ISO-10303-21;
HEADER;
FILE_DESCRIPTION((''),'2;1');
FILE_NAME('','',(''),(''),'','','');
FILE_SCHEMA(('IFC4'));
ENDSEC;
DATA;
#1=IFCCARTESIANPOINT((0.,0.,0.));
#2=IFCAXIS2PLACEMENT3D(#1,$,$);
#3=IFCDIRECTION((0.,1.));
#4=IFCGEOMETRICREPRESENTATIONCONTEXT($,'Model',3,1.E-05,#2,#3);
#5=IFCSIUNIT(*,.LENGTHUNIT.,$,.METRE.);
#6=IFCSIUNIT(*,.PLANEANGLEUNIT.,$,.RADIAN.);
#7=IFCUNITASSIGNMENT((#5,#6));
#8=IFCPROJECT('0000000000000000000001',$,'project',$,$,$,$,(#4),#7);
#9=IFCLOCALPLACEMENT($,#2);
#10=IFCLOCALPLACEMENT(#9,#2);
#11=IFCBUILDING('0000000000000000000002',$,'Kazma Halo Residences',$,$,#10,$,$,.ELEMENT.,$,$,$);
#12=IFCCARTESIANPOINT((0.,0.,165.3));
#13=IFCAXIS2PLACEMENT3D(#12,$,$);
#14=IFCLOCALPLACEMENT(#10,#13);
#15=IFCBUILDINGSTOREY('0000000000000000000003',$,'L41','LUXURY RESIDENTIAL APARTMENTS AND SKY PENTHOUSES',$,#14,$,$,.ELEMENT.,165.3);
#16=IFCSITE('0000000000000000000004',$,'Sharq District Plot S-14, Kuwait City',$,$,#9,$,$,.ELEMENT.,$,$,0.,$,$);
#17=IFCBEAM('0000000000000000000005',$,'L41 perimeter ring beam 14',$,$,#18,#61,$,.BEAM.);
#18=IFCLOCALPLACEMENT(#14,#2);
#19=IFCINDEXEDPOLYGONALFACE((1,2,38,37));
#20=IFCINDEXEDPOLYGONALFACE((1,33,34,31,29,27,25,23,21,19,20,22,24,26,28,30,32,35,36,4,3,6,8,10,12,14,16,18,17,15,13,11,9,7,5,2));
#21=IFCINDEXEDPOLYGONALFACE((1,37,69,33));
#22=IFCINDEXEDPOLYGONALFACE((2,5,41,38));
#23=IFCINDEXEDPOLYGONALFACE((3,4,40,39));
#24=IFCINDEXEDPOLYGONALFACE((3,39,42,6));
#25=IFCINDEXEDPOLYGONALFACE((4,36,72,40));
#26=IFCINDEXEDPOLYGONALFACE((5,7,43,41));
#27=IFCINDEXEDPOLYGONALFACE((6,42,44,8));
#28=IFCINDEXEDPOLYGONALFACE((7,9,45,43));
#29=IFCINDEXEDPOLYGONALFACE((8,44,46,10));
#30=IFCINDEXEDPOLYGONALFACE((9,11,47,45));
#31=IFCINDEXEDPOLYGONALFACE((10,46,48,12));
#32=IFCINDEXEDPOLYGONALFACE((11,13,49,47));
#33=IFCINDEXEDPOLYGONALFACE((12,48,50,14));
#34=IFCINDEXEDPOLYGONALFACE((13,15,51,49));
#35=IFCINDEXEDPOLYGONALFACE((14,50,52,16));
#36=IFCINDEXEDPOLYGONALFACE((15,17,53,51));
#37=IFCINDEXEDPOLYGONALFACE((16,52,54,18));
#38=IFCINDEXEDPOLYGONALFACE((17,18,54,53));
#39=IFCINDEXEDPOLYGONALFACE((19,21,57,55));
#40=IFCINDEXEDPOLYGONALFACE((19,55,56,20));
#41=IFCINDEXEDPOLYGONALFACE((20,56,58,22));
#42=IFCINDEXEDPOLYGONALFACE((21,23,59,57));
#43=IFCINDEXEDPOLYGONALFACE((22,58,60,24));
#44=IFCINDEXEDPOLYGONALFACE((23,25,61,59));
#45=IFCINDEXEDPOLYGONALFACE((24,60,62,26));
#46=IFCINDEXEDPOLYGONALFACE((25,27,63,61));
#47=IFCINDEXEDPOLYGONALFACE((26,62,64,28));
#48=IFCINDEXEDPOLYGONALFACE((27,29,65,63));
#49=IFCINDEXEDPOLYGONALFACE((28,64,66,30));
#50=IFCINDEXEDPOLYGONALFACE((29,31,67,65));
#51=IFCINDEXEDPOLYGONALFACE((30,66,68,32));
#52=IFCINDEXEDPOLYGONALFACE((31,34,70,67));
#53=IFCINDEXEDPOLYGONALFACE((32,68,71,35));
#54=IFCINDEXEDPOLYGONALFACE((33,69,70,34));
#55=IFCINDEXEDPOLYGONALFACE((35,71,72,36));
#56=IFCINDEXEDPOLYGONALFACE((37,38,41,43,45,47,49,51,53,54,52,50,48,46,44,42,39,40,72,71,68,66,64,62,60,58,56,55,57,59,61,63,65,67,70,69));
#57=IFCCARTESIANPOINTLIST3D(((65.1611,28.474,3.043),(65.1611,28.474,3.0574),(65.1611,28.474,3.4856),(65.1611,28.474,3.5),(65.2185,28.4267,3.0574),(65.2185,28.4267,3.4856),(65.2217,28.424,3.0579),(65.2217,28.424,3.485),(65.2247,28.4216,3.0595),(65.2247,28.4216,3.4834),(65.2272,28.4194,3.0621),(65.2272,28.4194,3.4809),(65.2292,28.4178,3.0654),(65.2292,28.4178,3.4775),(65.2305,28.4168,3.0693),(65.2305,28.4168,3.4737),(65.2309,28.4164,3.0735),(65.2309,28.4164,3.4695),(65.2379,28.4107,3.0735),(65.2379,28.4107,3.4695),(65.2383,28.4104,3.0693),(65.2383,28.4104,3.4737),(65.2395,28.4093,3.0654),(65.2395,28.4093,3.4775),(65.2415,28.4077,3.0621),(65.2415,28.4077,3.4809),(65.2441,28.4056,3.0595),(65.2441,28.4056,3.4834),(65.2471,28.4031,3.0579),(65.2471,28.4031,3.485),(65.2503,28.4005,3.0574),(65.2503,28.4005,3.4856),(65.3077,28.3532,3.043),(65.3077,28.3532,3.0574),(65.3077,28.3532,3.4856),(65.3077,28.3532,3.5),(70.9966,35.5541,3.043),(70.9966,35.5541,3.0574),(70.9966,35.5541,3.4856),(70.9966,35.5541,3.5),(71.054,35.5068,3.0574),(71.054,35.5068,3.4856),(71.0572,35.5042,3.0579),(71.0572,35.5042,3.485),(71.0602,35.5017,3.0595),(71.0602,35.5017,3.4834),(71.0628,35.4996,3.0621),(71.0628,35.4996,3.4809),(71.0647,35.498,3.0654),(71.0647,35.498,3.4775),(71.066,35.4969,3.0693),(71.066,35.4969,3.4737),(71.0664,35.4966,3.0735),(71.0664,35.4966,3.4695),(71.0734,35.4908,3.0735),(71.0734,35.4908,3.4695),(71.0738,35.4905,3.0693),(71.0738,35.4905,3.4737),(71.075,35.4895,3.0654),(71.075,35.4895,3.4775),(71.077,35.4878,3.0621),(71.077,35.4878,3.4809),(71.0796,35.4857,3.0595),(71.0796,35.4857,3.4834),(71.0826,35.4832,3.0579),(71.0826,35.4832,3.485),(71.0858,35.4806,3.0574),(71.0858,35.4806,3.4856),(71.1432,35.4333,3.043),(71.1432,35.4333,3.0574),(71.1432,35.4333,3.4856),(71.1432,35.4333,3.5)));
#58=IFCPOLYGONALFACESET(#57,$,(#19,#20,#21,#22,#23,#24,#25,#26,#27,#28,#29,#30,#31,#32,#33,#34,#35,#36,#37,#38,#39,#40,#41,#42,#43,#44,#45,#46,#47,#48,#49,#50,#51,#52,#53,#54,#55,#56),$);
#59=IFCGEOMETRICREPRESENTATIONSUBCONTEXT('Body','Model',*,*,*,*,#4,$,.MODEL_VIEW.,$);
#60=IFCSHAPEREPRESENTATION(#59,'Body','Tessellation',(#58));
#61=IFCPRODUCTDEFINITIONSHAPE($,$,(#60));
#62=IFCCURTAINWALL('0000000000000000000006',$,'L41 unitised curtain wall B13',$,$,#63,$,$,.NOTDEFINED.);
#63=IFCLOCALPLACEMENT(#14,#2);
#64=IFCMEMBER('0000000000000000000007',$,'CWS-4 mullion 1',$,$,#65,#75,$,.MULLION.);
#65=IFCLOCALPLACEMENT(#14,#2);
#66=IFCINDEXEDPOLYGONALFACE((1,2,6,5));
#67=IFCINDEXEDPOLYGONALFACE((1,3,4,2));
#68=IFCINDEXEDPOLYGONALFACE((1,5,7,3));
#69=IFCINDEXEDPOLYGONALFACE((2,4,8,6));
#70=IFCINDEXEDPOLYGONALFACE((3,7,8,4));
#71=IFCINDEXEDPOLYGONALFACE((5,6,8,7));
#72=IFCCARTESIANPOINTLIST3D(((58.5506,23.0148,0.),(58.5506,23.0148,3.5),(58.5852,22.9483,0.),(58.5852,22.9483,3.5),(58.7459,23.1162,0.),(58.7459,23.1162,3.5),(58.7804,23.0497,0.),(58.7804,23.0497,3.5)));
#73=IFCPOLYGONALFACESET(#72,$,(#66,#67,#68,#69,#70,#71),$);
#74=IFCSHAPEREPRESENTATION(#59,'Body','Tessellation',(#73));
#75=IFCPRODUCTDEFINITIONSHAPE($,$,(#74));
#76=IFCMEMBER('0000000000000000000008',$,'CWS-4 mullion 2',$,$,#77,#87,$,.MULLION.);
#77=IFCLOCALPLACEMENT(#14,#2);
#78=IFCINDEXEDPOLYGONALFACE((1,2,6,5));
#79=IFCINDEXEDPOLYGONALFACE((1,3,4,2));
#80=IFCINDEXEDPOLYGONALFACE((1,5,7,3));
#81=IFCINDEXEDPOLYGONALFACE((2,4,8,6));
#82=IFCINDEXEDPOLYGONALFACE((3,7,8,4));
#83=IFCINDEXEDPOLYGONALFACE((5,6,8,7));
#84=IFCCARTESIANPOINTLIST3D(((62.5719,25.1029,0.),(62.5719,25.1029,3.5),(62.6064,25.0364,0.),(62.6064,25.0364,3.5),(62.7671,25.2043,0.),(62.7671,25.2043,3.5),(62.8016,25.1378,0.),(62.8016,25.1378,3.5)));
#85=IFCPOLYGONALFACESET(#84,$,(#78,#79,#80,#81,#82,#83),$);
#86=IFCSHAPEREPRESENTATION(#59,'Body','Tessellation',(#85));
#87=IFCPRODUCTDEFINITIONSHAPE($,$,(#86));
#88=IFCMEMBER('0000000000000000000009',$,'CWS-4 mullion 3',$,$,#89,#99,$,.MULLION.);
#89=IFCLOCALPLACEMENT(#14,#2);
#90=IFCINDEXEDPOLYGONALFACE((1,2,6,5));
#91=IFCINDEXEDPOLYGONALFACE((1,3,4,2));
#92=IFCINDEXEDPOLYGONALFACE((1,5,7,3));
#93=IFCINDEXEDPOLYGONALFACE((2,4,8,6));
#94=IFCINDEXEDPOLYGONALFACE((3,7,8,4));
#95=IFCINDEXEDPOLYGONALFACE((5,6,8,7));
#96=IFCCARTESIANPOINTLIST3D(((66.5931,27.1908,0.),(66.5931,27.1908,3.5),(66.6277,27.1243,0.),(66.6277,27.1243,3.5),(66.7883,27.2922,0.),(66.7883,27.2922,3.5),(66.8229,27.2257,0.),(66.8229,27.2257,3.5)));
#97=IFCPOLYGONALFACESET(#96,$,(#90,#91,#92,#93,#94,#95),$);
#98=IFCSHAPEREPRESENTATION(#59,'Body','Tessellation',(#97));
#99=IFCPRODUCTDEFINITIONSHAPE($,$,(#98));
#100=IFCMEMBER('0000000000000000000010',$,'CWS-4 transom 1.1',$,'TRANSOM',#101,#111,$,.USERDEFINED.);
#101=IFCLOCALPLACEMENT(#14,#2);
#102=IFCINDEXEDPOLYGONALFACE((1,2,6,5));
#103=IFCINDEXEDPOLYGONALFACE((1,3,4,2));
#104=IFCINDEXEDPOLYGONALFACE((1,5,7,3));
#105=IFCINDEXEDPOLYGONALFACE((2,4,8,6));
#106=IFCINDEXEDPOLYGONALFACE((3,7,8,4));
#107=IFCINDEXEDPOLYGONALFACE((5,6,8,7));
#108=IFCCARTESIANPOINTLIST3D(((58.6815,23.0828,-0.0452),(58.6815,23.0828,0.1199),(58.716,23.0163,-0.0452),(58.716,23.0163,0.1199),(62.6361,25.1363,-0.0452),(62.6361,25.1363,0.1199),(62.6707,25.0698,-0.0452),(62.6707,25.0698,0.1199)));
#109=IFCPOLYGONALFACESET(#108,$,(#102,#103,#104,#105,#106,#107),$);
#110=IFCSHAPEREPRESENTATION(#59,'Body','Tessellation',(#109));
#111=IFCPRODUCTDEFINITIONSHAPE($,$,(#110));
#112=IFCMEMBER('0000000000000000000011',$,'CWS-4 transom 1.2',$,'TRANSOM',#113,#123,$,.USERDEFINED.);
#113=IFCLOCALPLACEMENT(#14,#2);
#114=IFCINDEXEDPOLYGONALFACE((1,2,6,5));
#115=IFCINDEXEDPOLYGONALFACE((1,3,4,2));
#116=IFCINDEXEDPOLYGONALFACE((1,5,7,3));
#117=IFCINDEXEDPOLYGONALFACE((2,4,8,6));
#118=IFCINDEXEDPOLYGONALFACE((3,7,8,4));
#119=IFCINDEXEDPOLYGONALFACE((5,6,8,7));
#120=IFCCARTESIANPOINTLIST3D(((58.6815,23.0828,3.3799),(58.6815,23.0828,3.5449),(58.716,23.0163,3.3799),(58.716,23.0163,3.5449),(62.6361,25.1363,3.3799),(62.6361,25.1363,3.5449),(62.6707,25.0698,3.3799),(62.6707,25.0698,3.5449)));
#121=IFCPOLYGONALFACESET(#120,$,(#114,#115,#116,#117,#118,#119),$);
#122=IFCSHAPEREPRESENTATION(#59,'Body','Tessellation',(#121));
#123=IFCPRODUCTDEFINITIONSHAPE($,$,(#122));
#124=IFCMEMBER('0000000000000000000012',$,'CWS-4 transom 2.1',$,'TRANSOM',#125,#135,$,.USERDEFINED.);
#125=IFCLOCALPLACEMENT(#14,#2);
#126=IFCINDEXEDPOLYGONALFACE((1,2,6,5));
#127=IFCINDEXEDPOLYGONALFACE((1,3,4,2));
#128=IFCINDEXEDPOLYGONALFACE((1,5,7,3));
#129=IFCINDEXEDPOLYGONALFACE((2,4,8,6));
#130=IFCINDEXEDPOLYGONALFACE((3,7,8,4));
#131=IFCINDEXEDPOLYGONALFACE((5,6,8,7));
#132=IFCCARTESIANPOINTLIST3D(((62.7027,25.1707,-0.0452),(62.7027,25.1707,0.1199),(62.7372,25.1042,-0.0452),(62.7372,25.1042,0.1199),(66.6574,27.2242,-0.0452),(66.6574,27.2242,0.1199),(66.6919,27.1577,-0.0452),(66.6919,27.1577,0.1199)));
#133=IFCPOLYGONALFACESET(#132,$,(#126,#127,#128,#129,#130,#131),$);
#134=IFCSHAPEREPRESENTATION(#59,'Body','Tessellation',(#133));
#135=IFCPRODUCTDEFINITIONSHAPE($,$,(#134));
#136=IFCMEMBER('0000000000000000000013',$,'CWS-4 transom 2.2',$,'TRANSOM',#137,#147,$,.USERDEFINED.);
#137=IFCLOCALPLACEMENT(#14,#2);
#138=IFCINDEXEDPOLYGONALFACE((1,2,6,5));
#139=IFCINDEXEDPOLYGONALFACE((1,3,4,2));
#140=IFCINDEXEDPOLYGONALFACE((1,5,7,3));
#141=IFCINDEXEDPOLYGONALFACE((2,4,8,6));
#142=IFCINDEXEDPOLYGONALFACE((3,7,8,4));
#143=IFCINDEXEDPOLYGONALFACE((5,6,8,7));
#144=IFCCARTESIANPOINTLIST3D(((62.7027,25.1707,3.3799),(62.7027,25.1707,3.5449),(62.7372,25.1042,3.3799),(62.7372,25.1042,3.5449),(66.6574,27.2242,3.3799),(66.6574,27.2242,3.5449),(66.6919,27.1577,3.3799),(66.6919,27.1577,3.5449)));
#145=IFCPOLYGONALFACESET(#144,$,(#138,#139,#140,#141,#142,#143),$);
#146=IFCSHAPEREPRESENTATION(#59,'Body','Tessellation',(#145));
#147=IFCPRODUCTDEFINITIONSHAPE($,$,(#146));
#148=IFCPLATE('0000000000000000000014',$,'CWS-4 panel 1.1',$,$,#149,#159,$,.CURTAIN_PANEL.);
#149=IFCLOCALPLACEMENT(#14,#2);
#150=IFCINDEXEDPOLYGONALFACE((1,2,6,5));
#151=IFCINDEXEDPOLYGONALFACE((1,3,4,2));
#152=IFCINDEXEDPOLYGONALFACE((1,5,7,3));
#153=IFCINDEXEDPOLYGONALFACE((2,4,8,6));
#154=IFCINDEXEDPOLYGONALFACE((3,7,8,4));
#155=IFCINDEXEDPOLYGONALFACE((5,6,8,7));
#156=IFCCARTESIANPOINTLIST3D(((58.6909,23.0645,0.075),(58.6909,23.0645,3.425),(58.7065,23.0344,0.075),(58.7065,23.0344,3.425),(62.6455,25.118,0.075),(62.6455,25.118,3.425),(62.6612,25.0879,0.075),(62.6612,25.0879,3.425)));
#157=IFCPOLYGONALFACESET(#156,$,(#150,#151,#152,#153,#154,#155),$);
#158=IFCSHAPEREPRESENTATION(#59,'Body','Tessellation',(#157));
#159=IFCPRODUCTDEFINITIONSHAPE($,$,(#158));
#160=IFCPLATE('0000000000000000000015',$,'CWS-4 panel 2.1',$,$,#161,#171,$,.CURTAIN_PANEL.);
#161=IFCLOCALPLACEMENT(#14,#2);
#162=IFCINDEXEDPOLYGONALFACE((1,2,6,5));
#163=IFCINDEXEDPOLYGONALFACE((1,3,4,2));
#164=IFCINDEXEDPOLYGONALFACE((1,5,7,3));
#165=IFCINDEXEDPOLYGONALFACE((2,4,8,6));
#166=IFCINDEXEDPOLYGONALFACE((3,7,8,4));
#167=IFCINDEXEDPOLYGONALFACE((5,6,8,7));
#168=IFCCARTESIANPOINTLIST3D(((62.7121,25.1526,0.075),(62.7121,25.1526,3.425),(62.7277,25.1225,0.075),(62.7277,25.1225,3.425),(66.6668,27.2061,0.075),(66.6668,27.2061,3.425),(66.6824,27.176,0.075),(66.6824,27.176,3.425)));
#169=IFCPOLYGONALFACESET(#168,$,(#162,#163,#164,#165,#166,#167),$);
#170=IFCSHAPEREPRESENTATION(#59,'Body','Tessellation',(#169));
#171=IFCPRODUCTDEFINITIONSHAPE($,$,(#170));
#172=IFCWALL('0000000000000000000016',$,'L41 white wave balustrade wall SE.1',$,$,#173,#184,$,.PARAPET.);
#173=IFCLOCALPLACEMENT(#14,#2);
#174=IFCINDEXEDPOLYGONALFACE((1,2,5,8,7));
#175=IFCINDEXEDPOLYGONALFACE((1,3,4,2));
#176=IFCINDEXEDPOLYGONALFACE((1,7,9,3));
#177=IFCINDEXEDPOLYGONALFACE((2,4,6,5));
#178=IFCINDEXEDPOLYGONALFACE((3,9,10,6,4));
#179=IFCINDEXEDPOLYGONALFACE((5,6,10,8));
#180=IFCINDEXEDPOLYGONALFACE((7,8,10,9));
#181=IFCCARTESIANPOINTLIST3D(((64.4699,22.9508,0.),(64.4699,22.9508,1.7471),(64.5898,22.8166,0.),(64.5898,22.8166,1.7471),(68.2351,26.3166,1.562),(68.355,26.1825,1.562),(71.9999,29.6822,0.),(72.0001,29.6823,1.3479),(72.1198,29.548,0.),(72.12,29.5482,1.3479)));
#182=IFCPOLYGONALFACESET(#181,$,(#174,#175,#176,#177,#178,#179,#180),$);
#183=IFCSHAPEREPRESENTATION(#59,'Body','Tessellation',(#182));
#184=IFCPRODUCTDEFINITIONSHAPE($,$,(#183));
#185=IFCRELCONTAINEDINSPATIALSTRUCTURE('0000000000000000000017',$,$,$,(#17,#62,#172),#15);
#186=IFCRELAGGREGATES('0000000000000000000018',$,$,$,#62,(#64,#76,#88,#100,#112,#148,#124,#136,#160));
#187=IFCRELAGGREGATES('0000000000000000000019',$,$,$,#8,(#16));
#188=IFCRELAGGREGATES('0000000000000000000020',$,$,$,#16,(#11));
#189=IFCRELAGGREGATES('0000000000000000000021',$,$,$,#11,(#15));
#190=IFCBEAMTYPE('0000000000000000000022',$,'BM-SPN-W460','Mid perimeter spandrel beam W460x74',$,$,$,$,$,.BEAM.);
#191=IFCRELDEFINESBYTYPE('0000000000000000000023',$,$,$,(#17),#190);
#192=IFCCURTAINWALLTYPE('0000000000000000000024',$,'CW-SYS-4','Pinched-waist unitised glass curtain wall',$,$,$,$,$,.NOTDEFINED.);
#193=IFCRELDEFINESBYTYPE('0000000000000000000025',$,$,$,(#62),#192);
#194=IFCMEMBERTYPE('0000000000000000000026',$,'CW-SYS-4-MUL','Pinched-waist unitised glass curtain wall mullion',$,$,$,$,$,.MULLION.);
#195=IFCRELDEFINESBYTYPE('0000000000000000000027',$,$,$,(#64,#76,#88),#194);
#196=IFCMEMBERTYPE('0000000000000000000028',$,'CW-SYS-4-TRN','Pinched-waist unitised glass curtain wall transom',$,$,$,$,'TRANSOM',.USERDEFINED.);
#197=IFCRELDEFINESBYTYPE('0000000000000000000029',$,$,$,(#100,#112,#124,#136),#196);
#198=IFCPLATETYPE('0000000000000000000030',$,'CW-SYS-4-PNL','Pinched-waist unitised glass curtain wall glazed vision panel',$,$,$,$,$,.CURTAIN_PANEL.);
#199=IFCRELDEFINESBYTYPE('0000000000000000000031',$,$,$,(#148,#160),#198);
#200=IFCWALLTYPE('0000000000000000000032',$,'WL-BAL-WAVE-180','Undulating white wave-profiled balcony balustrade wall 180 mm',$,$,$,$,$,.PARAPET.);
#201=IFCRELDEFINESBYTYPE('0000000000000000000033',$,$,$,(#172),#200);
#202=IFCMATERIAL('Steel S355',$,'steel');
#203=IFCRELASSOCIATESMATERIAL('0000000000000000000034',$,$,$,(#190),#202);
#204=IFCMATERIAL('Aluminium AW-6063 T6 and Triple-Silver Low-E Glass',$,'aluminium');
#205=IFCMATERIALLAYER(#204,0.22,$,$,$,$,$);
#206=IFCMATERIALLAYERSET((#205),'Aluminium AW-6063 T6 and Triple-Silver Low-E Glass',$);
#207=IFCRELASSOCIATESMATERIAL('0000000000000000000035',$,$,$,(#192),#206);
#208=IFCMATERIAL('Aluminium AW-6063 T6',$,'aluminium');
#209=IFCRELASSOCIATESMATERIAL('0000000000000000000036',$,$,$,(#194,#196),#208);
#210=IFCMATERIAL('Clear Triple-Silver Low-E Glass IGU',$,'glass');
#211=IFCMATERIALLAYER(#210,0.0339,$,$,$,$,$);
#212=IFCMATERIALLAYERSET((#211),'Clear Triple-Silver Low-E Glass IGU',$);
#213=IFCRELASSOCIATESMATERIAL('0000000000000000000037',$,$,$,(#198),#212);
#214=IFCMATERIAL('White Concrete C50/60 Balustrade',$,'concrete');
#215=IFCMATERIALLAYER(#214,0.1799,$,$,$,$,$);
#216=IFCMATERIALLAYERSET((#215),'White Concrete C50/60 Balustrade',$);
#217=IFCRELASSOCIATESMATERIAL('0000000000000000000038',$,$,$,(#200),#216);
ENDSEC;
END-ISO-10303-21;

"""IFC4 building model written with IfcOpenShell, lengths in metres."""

from ifc_helpers import new_model, si_unit, direction, frame, origin, origin_2d, place, context, subcontext, project, spatial, polyline, rectangle, i_section, outline, extrude, material, layer, layer_set, material_profile, profile_set, type_object, element, aggregate, save


model = new_model("IFC4")

# Units and contexts
model_context = context("Model", 3, precision=1e-05, world=origin(), true_north=direction((0.0, 1.0)))
body_context = subcontext(model_context, "Body", "Model", "MODEL_VIEW")
ifc_project = project(units=[si_unit("LENGTHUNIT", "METRE"), si_unit("PLANEANGLEUNIT", "RADIAN")], contexts=[model_context])

# Site, building, storey
site_placement = place(None, origin())
site = spatial("IfcSite", under=ifc_project, at=site_placement, Name="Sharq District Plot S-14, Kuwait City", CompositionType="ELEMENT", RefElevation=0.0)
building_placement = place(site_placement, origin())
building = spatial("IfcBuilding", under=site, at=building_placement, Name="Kazma Halo Residences", CompositionType="ELEMENT")
storey_placement = place(building_placement, frame((0.0, 0.0, 165.3)))
storey = spatial("IfcBuildingStorey", under=building, at=storey_placement, Name="L41", Description="LUXURY RESIDENTIAL APARTMENTS AND SKY PENTHOUSES", CompositionType="ELEMENT", Elevation=165.3)

# Beam
ifc_material_1 = material(Name="Steel S355", Category="steel")
ifc_material_profile_1 = material_profile(ifc_material_1, i_section(OverallWidth=0.1899, OverallDepth=0.457, WebThickness=0.009, FlangeThickness=0.0144, FilletRadius=0.0161, at=origin_2d()), Name="W460x74")
ifc_profile_set_1 = profile_set([ifc_material_profile_1], Name="Steel S355")
beam_type_1 = type_object("IfcBeamType", Name="BM-SPN-W460", Description="Mid perimeter spandrel beam W460x74", PredefinedType="BEAM", material=ifc_profile_set_1)
beam_1_placement = place(storey_placement, frame((65.2344, 28.4136, 3.2715), z_axis=(0.636019, 0.771674, 0.0), x_axis=(-0.771674, 0.636019, 0.0)))
element("IfcBeam", 1, at=beam_1_placement, inside=storey, type_object=beam_type_1, Name="L41 perimeter ring beam 14", PredefinedType="BEAM", context=body_context, shape_type="SweptSolid", body=[
    extrude(i_section(OverallWidth=0.1899, OverallDepth=0.457, WebThickness=0.009, FlangeThickness=0.0144, FilletRadius=0.0161, at=origin_2d()), origin(), (0.0, 0.0, 1.0), 9.175),
])

# Curtain wall, members, plates
ifc_material_2 = material(Name="Aluminium AW-6063 T6 and Triple-Silver Low-E Glass", Category="aluminium")
ifc_layer_1 = layer(ifc_material_2, 0.22)
ifc_layer_set_1 = layer_set([ifc_layer_1], Name="Aluminium AW-6063 T6 and Triple-Silver Low-E Glass")
curtain_wall_type = type_object("IfcCurtainWallType", Name="CW-SYS-4", Description="Pinched-waist unitised glass curtain wall", PredefinedType="NOTDEFINED", material=ifc_layer_set_1)
curtain_wall_placement = place(storey_placement, origin())
curtain_wall = element("IfcCurtainWall", 2, at=curtain_wall_placement, inside=storey, type_object=curtain_wall_type, Name="L41 unitised curtain wall B13", PredefinedType="NOTDEFINED")
ifc_material_3 = material(Name="Aluminium AW-6063 T6", Category="aluminium")
ifc_material_profile_2 = material_profile(ifc_material_3, rectangle(XDim=0.075, YDim=0.22, at=origin_2d()), Name="CWM-75x220")
ifc_profile_set_2 = profile_set([ifc_material_profile_2], Name="Aluminium AW-6063 T6")
member_type_1 = type_object("IfcMemberType", Name="CW-SYS-4-MUL", Description="Pinched-waist unitised glass curtain wall mullion", PredefinedType="MULLION", material=ifc_profile_set_2)
member_1_placement = place(storey_placement, frame((58.6655, 23.0322, 0.0), z_axis=(0.0, 0.0, 1.0), x_axis=(-0.460837, 0.887485, 0.0)))
member_1 = element("IfcMember", 3, at=member_1_placement, type_object=member_type_1, Name="CWS-4 mullion 1", PredefinedType="MULLION", context=body_context, shape_type="SweptSolid", body=[
    extrude(rectangle(XDim=0.075, YDim=0.22, at=origin_2d()), origin(), (0.0, 0.0, 1.0), 3.5),
])
member_2_placement = place(storey_placement, frame((62.6868, 25.1204, 0.0), z_axis=(0.0, 0.0, 1.0), x_axis=(-0.460837, 0.887485, 0.0)))
member_2 = element("IfcMember", 4, at=member_2_placement, type_object=member_type_1, Name="CWS-4 mullion 2", PredefinedType="MULLION", context=body_context, shape_type="SweptSolid", body=[
    extrude(rectangle(XDim=0.075, YDim=0.22, at=origin_2d()), origin(), (0.0, 0.0, 1.0), 3.5),
])
member_3_placement = place(storey_placement, frame((66.708, 27.2083, 0.0), z_axis=(0.0, 0.0, 1.0), x_axis=(-0.460837, 0.887485, 0.0)))
member_3 = element("IfcMember", 5, at=member_3_placement, type_object=member_type_1, Name="CWS-4 mullion 3", PredefinedType="MULLION", context=body_context, shape_type="SweptSolid", body=[
    extrude(rectangle(XDim=0.075, YDim=0.22, at=origin_2d()), origin(), (0.0, 0.0, 1.0), 3.5),
])
ifc_material_profile_3 = material_profile(ifc_material_3, rectangle(XDim=0.075, YDim=0.165, at=origin_2d()), Name="CWT-75x165")
ifc_profile_set_3 = profile_set([ifc_material_profile_3], Name="Aluminium AW-6063 T6")
member_type_2 = type_object("IfcMemberType", Name="CW-SYS-4-TRN", Description="Pinched-waist unitised glass curtain wall transom", ElementType="TRANSOM", PredefinedType="USERDEFINED", material=ifc_profile_set_3)
member_4_placement = place(storey_placement, frame((58.6987, 23.0496, 0.0374), z_axis=(0.887485, 0.460837, 0.0), x_axis=(-0.460837, 0.887485, 0.0)))
member_4 = element("IfcMember", 6, at=member_4_placement, type_object=member_type_2, Name="CWS-4 transom 1.1", ObjectType="TRANSOM", PredefinedType="USERDEFINED", context=body_context, shape_type="SweptSolid", body=[
    extrude(rectangle(XDim=0.075, YDim=0.165, at=origin_2d()), origin(), (0.0, 0.0, 1.0), 4.4561),
])
member_5_placement = place(storey_placement, frame((58.6987, 23.0496, 3.4624), z_axis=(0.887485, 0.460837, 0.0), x_axis=(-0.460837, 0.887485, 0.0)))
member_5 = element("IfcMember", 7, at=member_5_placement, type_object=member_type_2, Name="CWS-4 transom 1.2", ObjectType="TRANSOM", PredefinedType="USERDEFINED", context=body_context, shape_type="SweptSolid", body=[
    extrude(rectangle(XDim=0.075, YDim=0.165, at=origin_2d()), origin(), (0.0, 0.0, 1.0), 4.4561),
])
member_6_placement = place(storey_placement, frame((62.72, 25.1375, 0.0374), z_axis=(0.887485, 0.460837, 0.0), x_axis=(-0.460837, 0.887485, 0.0)))
member_6 = element("IfcMember", 8, at=member_6_placement, type_object=member_type_2, Name="CWS-4 transom 2.1", ObjectType="TRANSOM", PredefinedType="USERDEFINED", context=body_context, shape_type="SweptSolid", body=[
    extrude(rectangle(XDim=0.075, YDim=0.165, at=origin_2d()), origin(), (0.0, 0.0, 1.0), 4.4561),
])
member_7_placement = place(storey_placement, frame((62.72, 25.1375, 3.4624), z_axis=(0.887485, 0.460837, 0.0), x_axis=(-0.460837, 0.887485, 0.0)))
member_7 = element("IfcMember", 9, at=member_7_placement, type_object=member_type_2, Name="CWS-4 transom 2.2", ObjectType="TRANSOM", PredefinedType="USERDEFINED", context=body_context, shape_type="SweptSolid", body=[
    extrude(rectangle(XDim=0.075, YDim=0.165, at=origin_2d()), origin(), (0.0, 0.0, 1.0), 4.4561),
])
ifc_material_4 = material(Name="Clear Triple-Silver Low-E Glass IGU", Category="glass")
ifc_layer_2 = layer(ifc_material_4, 0.0339)
ifc_layer_set_2 = layer_set([ifc_layer_2], Name="Clear Triple-Silver Low-E Glass IGU")
plate_type = type_object("IfcPlateType", Name="CW-SYS-4-PNL", Description="Pinched-waist unitised glass curtain wall glazed vision panel", PredefinedType="CURTAIN_PANEL", material=ifc_layer_set_2)
plate_1_placement = place(storey_placement, frame((60.676, 24.0762, 0.075), z_axis=(0.0, 0.0, 1.0), x_axis=(0.887485, 0.460837, 0.0)))
plate_1 = element("IfcPlate", 10, at=plate_1_placement, type_object=plate_type, Name="CWS-4 panel 1.1", PredefinedType="CURTAIN_PANEL", context=body_context, shape_type="SweptSolid", body=[
    extrude(rectangle(XDim=4.4561, YDim=0.0339, at=origin_2d()), origin(), (0.0, 0.0, 1.0), 3.3501),
])
plate_2_placement = place(storey_placement, frame((64.6973, 26.1643, 0.075), z_axis=(0.0, 0.0, 1.0), x_axis=(0.887485, 0.460837, 0.0)))
plate_2 = element("IfcPlate", 11, at=plate_2_placement, type_object=plate_type, Name="CWS-4 panel 2.1", PredefinedType="CURTAIN_PANEL", context=body_context, shape_type="SweptSolid", body=[
    extrude(rectangle(XDim=4.4561, YDim=0.0339, at=origin_2d()), origin(), (0.0, 0.0, 1.0), 3.3501),
])
aggregate(curtain_wall, [member_1, member_2, member_3, member_4, member_5, plate_1, member_6, member_7, plate_2])

# Wall
ifc_material_5 = material(Name="White Concrete C50/60 Balustrade", Category="concrete")
ifc_layer_3 = layer(ifc_material_5, 0.1799)
ifc_layer_set_3 = layer_set([ifc_layer_3], Name="White Concrete C50/60 Balustrade")
wall_type_1 = type_object("IfcWallType", Name="WL-BAL-WAVE-180", Description="Undulating white wave-profiled balcony balustrade wall 180 mm", PredefinedType="PARAPET", material=ifc_layer_set_3)
wall_1_placement = place(storey_placement, frame((64.5298, 22.8838, 0.0), z_axis=(0.0, 0.0, 1.0), x_axis=(0.745534, 0.666468, 0.0)))
element("IfcWall", 12, at=wall_1_placement, inside=storey, type_object=wall_type_1, Name="L41 white wave balustrade wall SE.1", PredefinedType="PARAPET", context=body_context, shape_type="SweptSolid", body=[
    extrude(outline(polyline([(0.0, 0.0), (10.1001, 0.0), (10.1003, 1.3479), (5.0503, 1.562), (0.0, 1.7471), (0.0, 0.0)])), frame((0.0, 0.0898, 0.0), z_axis=(0.0, -1.0, 0.0), x_axis=(1.0, 0.0, 0.0)), (0.0, 0.0, 1.0), 0.1799),
])

save(model, "model.ifc")
